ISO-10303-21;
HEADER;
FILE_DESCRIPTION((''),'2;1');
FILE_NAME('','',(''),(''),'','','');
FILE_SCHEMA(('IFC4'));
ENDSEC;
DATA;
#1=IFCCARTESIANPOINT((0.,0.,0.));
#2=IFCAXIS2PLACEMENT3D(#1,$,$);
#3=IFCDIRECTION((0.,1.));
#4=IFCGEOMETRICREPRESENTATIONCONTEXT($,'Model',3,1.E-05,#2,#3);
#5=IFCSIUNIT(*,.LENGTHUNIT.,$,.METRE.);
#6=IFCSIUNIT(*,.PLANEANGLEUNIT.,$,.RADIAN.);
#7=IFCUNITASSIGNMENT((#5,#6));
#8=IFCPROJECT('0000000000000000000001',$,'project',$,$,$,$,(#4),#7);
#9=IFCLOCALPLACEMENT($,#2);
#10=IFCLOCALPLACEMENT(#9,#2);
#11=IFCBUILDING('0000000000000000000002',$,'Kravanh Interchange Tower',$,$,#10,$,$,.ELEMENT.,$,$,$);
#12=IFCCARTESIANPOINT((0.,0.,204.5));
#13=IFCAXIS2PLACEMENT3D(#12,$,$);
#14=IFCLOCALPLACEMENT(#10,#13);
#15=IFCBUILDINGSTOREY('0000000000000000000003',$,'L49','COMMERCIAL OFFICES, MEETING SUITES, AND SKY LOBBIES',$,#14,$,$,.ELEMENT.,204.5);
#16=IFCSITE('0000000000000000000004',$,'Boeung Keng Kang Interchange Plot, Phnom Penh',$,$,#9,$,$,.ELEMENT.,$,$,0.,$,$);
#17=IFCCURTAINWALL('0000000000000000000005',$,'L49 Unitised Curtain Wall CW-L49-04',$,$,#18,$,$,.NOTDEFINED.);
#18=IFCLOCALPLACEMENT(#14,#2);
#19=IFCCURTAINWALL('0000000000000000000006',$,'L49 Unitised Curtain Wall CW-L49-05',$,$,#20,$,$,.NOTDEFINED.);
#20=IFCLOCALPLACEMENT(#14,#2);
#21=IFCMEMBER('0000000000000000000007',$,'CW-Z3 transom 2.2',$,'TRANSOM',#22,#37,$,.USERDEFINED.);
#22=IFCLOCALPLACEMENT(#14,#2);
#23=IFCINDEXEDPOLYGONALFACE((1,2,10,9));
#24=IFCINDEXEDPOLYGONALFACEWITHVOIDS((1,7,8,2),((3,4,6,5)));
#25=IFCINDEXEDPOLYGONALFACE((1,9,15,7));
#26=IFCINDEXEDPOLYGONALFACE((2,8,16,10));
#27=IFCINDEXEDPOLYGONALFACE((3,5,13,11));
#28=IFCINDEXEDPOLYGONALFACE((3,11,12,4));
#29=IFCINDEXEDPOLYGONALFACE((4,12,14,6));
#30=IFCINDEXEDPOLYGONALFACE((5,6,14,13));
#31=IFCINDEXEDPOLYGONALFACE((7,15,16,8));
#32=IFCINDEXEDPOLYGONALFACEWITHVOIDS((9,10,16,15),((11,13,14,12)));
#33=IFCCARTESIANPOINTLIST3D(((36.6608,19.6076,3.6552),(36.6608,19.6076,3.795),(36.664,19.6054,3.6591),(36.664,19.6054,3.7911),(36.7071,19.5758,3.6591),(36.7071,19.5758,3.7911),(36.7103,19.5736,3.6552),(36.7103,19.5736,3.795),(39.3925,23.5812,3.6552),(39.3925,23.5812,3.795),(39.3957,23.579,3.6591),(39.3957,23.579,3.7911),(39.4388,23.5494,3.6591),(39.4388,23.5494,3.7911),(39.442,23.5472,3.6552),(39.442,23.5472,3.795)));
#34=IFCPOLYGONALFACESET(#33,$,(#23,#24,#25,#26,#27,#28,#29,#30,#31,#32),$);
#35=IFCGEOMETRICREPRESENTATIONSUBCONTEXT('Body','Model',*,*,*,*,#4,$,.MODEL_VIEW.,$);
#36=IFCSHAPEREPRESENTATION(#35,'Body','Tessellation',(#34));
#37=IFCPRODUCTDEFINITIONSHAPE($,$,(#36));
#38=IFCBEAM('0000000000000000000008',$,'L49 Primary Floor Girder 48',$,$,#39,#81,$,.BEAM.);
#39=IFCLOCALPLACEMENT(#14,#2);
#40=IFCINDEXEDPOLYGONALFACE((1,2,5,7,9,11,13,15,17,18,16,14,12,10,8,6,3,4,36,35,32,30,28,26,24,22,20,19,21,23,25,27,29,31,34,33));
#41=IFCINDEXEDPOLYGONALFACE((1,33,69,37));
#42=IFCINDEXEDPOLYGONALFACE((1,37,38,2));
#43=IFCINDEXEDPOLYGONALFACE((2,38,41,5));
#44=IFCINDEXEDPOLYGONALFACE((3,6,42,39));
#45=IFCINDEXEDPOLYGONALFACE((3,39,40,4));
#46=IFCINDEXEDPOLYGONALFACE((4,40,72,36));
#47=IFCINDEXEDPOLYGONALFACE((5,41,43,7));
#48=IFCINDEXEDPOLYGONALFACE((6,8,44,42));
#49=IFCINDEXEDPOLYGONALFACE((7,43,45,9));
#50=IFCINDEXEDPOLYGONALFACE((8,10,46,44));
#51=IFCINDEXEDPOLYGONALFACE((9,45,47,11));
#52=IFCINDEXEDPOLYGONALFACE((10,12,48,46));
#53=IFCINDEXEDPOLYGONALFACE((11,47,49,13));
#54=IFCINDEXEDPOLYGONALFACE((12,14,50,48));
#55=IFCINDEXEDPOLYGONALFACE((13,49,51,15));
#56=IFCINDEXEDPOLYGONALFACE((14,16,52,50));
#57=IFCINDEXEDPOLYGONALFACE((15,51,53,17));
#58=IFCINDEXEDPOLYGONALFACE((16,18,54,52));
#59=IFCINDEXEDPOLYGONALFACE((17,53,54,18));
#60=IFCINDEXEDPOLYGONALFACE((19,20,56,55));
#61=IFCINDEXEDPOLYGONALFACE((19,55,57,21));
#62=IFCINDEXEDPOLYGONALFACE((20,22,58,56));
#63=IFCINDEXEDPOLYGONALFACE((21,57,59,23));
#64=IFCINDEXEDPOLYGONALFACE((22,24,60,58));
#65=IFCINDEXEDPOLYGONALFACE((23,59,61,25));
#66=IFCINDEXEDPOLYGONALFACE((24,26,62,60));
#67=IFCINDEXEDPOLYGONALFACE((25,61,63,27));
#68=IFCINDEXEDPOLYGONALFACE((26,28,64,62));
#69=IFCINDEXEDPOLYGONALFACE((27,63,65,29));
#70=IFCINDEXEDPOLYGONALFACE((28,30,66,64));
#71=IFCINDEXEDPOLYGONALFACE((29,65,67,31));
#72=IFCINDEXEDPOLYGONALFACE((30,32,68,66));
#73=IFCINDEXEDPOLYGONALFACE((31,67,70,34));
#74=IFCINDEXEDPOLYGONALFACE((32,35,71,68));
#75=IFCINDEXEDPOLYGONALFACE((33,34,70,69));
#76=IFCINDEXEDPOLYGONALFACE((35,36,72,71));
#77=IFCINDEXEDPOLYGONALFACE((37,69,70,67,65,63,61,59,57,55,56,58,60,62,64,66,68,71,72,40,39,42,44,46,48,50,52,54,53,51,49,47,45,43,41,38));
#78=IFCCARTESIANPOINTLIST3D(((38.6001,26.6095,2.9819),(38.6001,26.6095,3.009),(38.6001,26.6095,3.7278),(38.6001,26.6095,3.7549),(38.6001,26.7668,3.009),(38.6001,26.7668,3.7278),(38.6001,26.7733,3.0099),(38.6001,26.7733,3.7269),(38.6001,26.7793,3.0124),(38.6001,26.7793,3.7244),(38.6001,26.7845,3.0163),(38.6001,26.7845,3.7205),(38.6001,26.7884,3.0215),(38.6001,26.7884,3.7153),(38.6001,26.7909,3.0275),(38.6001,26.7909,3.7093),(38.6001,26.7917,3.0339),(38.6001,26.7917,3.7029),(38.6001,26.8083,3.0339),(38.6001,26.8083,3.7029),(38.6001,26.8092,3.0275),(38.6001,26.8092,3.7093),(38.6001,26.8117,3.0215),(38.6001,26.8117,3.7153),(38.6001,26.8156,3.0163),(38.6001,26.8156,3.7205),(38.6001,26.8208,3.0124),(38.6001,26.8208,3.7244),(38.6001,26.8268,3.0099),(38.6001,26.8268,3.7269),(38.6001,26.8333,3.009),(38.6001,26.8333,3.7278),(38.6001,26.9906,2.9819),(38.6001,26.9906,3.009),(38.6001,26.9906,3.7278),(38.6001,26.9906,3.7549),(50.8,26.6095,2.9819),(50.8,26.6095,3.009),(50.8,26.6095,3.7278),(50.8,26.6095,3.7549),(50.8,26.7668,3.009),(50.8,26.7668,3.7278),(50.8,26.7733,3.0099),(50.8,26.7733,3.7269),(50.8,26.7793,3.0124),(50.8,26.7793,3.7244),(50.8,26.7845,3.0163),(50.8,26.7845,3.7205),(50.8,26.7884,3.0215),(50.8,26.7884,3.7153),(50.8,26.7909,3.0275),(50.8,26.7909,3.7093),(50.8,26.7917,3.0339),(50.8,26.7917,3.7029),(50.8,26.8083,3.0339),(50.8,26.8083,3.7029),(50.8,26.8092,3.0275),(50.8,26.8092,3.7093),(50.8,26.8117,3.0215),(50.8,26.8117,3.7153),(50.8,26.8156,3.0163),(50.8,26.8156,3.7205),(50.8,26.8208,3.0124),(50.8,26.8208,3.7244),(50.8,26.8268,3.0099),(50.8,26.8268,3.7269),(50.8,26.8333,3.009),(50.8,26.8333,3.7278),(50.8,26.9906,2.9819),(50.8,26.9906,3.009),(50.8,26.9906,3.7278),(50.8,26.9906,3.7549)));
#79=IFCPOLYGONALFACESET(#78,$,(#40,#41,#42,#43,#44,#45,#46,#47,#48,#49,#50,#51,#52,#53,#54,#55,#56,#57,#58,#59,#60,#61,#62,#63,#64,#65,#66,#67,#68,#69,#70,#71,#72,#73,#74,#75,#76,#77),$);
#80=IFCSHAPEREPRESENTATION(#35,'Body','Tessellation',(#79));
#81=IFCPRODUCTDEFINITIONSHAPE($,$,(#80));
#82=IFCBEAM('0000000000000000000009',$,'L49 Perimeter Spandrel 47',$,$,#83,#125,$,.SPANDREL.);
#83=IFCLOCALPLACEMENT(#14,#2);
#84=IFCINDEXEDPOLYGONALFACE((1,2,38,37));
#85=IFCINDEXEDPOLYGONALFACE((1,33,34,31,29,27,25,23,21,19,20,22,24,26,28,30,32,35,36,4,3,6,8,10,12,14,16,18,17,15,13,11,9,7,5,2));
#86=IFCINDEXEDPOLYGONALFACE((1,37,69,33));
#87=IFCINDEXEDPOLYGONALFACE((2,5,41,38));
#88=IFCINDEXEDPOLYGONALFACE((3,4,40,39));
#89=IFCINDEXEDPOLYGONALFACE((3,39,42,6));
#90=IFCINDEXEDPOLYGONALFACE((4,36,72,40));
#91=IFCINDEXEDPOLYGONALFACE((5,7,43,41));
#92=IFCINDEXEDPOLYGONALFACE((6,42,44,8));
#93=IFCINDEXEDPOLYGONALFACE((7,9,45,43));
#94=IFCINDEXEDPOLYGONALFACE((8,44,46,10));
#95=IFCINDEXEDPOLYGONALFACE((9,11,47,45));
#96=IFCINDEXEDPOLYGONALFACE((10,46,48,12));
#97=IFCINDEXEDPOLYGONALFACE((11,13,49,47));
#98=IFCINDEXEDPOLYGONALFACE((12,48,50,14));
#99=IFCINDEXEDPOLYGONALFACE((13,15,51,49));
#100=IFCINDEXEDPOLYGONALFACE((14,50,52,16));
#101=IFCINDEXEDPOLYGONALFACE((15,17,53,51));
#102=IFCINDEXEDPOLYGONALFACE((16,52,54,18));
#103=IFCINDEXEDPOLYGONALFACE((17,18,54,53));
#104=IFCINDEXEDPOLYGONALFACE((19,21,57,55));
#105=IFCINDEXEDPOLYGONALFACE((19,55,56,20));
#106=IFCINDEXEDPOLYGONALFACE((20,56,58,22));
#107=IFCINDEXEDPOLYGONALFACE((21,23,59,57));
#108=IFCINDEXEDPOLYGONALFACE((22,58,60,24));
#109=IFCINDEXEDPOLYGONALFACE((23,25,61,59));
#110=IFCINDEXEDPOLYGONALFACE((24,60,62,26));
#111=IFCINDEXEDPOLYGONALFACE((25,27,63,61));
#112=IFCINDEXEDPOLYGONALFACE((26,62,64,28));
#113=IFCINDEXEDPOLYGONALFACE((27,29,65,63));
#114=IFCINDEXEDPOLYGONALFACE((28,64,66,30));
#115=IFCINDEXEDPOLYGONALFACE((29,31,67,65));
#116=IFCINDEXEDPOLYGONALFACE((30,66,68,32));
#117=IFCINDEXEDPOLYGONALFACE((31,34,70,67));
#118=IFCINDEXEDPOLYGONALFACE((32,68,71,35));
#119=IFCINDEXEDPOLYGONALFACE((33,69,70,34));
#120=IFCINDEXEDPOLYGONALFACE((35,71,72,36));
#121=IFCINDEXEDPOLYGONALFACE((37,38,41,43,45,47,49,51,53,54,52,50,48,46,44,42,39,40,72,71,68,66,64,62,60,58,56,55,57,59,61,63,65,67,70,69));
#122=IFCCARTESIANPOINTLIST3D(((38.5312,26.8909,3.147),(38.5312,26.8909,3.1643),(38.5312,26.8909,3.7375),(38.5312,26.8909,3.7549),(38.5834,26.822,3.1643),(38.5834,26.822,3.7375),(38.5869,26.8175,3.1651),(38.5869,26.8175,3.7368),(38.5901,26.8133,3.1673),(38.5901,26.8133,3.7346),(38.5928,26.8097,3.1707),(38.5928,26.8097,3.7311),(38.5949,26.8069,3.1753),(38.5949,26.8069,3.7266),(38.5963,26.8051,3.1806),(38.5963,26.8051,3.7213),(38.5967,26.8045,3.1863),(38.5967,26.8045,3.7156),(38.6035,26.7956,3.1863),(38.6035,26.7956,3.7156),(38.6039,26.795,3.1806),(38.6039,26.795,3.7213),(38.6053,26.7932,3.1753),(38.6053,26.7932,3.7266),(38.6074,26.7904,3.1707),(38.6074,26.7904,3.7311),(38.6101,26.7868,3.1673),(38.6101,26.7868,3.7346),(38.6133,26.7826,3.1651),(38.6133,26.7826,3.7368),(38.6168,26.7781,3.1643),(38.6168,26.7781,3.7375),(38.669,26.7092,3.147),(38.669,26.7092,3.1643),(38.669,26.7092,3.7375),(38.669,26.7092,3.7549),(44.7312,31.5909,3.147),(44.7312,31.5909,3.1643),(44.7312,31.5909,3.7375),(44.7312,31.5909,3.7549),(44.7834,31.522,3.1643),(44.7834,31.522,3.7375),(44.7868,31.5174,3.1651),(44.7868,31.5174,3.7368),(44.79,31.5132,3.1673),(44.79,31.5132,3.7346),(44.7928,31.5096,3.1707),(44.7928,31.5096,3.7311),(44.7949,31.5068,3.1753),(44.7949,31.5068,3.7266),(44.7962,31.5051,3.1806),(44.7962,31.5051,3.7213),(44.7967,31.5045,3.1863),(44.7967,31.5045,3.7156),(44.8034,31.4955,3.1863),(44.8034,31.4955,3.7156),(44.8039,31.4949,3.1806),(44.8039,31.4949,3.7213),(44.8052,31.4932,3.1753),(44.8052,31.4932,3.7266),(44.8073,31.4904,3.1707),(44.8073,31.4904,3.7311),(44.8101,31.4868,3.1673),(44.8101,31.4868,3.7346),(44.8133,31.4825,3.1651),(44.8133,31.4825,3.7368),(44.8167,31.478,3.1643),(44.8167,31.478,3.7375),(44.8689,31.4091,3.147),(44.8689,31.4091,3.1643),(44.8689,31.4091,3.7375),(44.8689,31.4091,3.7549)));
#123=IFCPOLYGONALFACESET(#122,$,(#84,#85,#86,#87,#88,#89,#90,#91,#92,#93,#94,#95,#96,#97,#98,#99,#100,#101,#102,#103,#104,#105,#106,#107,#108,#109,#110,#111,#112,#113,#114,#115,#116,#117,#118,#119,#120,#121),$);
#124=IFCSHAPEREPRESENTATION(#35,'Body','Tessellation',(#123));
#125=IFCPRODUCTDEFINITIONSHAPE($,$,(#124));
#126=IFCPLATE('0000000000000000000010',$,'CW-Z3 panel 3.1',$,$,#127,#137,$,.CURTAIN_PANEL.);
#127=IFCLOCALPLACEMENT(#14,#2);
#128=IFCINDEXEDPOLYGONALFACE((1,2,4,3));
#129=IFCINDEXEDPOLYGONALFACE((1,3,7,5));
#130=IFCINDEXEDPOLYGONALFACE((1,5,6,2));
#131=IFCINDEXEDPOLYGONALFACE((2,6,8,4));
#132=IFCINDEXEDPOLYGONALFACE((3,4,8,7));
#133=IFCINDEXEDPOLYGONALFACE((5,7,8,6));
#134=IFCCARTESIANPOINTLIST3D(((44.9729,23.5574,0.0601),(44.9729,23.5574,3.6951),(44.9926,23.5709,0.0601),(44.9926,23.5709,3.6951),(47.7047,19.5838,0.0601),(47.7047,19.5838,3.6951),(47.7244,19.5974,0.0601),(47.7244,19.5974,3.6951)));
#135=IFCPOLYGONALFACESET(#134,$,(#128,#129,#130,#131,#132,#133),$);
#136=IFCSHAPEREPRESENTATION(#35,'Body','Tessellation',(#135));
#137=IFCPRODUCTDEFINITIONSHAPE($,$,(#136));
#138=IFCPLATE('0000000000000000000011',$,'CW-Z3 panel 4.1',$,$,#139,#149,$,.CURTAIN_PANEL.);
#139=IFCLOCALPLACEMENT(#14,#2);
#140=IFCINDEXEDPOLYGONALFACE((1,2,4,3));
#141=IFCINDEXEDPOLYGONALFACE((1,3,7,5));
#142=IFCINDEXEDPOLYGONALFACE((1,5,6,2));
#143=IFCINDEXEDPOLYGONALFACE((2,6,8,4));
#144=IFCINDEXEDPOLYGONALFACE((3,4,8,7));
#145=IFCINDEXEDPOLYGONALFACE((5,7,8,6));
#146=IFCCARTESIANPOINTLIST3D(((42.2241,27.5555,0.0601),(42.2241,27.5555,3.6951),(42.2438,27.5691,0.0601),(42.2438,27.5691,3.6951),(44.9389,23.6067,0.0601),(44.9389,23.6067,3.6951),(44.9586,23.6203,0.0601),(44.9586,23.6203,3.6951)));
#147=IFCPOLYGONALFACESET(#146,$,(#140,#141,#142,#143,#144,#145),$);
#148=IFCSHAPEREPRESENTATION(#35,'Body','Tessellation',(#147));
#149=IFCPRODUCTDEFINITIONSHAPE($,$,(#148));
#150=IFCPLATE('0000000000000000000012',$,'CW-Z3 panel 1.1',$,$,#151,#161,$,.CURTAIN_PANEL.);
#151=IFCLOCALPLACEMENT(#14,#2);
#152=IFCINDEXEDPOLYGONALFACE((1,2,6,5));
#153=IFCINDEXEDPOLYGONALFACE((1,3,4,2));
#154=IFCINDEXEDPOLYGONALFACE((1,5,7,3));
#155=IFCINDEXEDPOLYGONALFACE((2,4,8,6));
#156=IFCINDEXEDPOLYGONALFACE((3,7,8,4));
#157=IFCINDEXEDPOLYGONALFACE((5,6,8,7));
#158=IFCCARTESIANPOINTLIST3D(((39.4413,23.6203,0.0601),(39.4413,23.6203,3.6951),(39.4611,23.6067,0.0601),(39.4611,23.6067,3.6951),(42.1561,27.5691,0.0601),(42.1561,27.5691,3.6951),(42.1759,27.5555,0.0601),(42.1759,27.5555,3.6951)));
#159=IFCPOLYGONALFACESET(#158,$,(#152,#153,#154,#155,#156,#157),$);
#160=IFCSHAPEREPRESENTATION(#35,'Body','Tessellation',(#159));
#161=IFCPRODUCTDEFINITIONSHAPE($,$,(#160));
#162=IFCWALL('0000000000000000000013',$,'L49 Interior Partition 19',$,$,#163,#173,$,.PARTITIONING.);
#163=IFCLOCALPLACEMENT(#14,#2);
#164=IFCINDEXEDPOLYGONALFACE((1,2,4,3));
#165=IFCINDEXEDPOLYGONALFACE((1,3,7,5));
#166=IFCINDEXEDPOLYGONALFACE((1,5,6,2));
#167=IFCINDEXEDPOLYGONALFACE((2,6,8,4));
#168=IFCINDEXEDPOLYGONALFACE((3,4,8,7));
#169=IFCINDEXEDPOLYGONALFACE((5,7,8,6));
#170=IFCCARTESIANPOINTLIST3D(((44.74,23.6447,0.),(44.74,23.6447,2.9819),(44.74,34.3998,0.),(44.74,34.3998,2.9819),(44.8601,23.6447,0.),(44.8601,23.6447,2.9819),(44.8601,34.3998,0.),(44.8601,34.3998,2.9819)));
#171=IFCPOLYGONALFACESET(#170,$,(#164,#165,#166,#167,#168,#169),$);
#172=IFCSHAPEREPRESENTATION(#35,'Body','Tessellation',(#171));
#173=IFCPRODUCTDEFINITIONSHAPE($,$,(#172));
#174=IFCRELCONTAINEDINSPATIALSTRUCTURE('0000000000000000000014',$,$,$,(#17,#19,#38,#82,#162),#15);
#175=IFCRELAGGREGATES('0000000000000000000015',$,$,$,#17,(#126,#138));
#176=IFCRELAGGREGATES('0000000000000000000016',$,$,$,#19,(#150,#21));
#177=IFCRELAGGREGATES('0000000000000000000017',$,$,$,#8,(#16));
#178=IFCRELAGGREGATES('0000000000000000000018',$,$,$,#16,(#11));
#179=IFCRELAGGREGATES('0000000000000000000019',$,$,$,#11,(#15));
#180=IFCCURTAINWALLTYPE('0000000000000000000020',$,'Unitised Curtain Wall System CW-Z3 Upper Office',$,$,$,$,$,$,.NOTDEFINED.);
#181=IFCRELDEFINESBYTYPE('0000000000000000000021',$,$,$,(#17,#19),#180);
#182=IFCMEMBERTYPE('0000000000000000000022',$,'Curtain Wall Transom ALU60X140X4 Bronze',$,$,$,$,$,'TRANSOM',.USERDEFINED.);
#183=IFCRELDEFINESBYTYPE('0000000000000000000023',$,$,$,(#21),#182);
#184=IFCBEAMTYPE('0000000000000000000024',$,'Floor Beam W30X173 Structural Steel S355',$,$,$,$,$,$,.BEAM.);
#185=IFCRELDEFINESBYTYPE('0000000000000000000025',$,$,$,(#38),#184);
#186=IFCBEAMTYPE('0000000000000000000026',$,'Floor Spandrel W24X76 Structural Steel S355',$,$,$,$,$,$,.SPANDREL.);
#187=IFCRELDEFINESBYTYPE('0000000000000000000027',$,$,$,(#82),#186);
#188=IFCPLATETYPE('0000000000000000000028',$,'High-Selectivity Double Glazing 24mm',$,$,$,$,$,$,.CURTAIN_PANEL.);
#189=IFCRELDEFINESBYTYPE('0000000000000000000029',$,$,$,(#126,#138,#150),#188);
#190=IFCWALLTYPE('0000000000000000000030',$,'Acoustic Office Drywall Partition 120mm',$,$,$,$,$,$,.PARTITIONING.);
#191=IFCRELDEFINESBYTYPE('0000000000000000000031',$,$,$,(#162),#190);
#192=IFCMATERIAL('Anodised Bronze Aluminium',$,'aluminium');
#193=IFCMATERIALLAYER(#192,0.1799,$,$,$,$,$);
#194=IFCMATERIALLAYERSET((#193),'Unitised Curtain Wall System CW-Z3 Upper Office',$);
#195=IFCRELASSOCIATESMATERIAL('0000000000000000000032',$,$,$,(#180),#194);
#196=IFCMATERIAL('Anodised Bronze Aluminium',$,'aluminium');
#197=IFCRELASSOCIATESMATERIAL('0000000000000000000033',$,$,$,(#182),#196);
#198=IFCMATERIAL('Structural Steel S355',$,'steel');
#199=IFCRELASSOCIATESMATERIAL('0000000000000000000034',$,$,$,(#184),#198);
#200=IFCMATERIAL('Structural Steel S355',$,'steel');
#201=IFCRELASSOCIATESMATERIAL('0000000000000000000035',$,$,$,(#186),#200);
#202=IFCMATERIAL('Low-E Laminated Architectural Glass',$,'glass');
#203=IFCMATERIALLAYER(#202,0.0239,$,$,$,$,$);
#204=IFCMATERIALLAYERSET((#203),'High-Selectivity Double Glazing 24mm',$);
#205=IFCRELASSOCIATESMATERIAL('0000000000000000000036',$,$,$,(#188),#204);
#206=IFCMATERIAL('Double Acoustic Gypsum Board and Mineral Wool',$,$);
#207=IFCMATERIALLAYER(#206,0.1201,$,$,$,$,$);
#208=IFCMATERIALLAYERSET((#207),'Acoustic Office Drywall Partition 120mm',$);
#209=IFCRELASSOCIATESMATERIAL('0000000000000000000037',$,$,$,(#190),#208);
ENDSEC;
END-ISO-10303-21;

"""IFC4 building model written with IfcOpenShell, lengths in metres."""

from ifc_helpers import new_model, si_unit, direction, frame, frame_2d, origin, origin_2d, place, context, subcontext, project, spatial, rectangle, hollow_rectangle, i_section, extrude, material, layer, layer_set, material_profile, profile_set, type_object, element, aggregate, save


model = new_model("IFC4")

# Units and contexts
model_context = context("Model", 3, precision=1e-05, world=origin(), true_north=direction((0.0, 1.0)))
body_context = subcontext(model_context, "Body", "Model", "MODEL_VIEW")
ifc_project = project(units=[si_unit("LENGTHUNIT", "METRE"), si_unit("PLANEANGLEUNIT", "RADIAN")], contexts=[model_context])

# Site, building, storey
site_placement = place(None, origin())
site = spatial("IfcSite", under=ifc_project, at=site_placement, Name="Boeung Keng Kang Interchange Plot, Phnom Penh", CompositionType="ELEMENT", RefElevation=0.0)
building_placement = place(site_placement, origin())
building = spatial("IfcBuilding", under=site, at=building_placement, Name="Kravanh Interchange Tower", CompositionType="ELEMENT")
storey_placement = place(building_placement, frame((0.0, 0.0, 204.5)))
storey = spatial("IfcBuildingStorey", under=building, at=storey_placement, Name="L49", Description="COMMERCIAL OFFICES, MEETING SUITES, AND SKY LOBBIES", CompositionType="ELEMENT", Elevation=204.5)

# Curtain walls
ifc_material_1 = material(Name="Anodised Bronze Aluminium", Category="aluminium")
ifc_layer_1 = layer(ifc_material_1, 0.1799)
ifc_layer_set_1 = layer_set([ifc_layer_1], Name="Unitised Curtain Wall System CW-Z3 Upper Office")
curtain_wall_type = type_object("IfcCurtainWallType", Name="Unitised Curtain Wall System CW-Z3 Upper Office", PredefinedType="NOTDEFINED", material=ifc_layer_set_1)
curtain_wall_1_placement = place(storey_placement, origin())
curtain_wall_1 = element("IfcCurtainWall", 1, at=curtain_wall_1_placement, inside=storey, type_object=curtain_wall_type, Name="L49 Unitised Curtain Wall CW-L49-04", PredefinedType="NOTDEFINED")
curtain_wall_2_placement = place(storey_placement, origin())
curtain_wall_2 = element("IfcCurtainWall", 2, at=curtain_wall_2_placement, inside=storey, type_object=curtain_wall_type, Name="L49 Unitised Curtain Wall CW-L49-05", PredefinedType="NOTDEFINED")

# Member
ifc_material_2 = material(Name="Anodised Bronze Aluminium", Category="aluminium")
ifc_material_profile_1 = material_profile(ifc_material_2, hollow_rectangle(XDim=0.0601, YDim=0.1399, WallThickness=0.0039, at=origin_2d()), Name="ALU60X140X4")
ifc_profile_set_1 = profile_set([ifc_material_profile_1], Name="Anodised Bronze Aluminium")
member_type_1 = type_object("IfcMemberType", Name="Curtain Wall Transom ALU60X140X4 Bronze", ElementType="TRANSOM", PredefinedType="USERDEFINED", material=ifc_profile_set_1)
member_1_placement = place(storey_placement, frame((39.4172, 23.5642, 3.7251), z_axis=(-0.566503, -0.82406, 0.0), x_axis=(0.82406, -0.566503, 0.0)))
member_1 = element("IfcMember", 3, at=member_1_placement, type_object=member_type_1, Name="CW-Z3 transom 2.2", ObjectType="TRANSOM", PredefinedType="USERDEFINED", context=body_context, shape_type="SweptSolid", body=[
    extrude(hollow_rectangle(XDim=0.0601, YDim=0.1399, WallThickness=0.0039, at=origin_2d()), origin(), (0.0, 0.0, 1.0), 4.822),
])

# Beams
ifc_material_3 = material(Name="Structural Steel S355", Category="steel")
ifc_material_profile_2 = material_profile(ifc_material_3, i_section(OverallWidth=0.3811, OverallDepth=0.7729, WebThickness=0.0166, FlangeThickness=0.0271, FilletRadius=0.0249, at=origin_2d()), Name="W30X173")
ifc_profile_set_2 = profile_set([ifc_material_profile_2], Name="Structural Steel S355")
beam_type_1 = type_object("IfcBeamType", Name="Floor Beam W30X173 Structural Steel S355", PredefinedType="BEAM", material=ifc_profile_set_2)
beam_1_placement = place(storey_placement, frame((38.6001, 26.8, 3.3684), z_axis=(1.0, 0.0, 0.0), x_axis=(0.0, 1.0, 0.0)))
element("IfcBeam", 4, at=beam_1_placement, inside=storey, type_object=beam_type_1, Name="L49 Primary Floor Girder 48", PredefinedType="BEAM", context=body_context, shape_type="SweptSolid", body=[
    extrude(i_section(OverallWidth=0.3811, OverallDepth=0.7729, WebThickness=0.0166, FlangeThickness=0.0271, FilletRadius=0.0249, at=origin_2d()), origin(), (0.0, 0.0, 1.0), 12.2),
])
ifc_material_4 = material(Name="Structural Steel S355", Category="steel")
ifc_material_profile_3 = material_profile(ifc_material_4, i_section(OverallWidth=0.228, OverallDepth=0.6079, WebThickness=0.0112, FlangeThickness=0.0173, FilletRadius=0.022, at=origin_2d()), Name="W24X76")
ifc_profile_set_3 = profile_set([ifc_material_profile_3], Name="Structural Steel S355")
beam_type_2 = type_object("IfcBeamType", Name="Floor Spandrel W24X76 Structural Steel S355", PredefinedType="SPANDREL", material=ifc_profile_set_3)
beam_2_placement = place(storey_placement, frame((38.6001, 26.8, 3.4509), z_axis=(0.796905, 0.604104, 0.0), x_axis=(-0.604104, 0.796905, 0.0)))
element("IfcBeam", 5, at=beam_2_placement, inside=storey, type_object=beam_type_2, Name="L49 Perimeter Spandrel 47", PredefinedType="SPANDREL", context=body_context, shape_type="SweptSolid", body=[
    extrude(i_section(OverallWidth=0.228, OverallDepth=0.6079, WebThickness=0.0112, FlangeThickness=0.0173, FilletRadius=0.022, at=origin_2d()), origin(), (0.0, 0.0, 1.0), 7.78),
])

# Plates
ifc_material_5 = material(Name="Low-E Laminated Architectural Glass", Category="glass")
ifc_layer_2 = layer(ifc_material_5, 0.0239)
ifc_layer_set_2 = layer_set([ifc_layer_2], Name="High-Selectivity Double Glazing 24mm")
plate_type = type_object("IfcPlateType", Name="High-Selectivity Double Glazing 24mm", PredefinedType="CURTAIN_PANEL", material=ifc_layer_set_2)
plate_1_placement = place(storey_placement, frame((46.3486, 21.5774, 0.0601), z_axis=(0.0, 0.0, 1.0), x_axis=(-0.566528, 0.824042, 0.0)))
plate_1 = element("IfcPlate", 6, at=plate_1_placement, type_object=plate_type, Name="CW-Z3 panel 3.1", PredefinedType="CURTAIN_PANEL", context=body_context, shape_type="SweptSolid", body=[
    extrude(rectangle(XDim=4.822, YDim=0.0239, at=origin_2d()), origin(), (0.0, 0.0, 1.0), 3.635),
])
plate_2_placement = place(storey_placement, frame((43.5913, 25.5879, 0.0601), z_axis=(0.0, 0.0, 1.0), x_axis=(-0.566528, 0.824042, 0.0)))
plate_2 = element("IfcPlate", 7, at=plate_2_placement, type_object=plate_type, Name="CW-Z3 panel 4.1", PredefinedType="CURTAIN_PANEL", context=body_context, shape_type="SweptSolid", body=[
    extrude(rectangle(XDim=4.792, YDim=0.0239, at=origin_2d()), origin(), (0.0, 0.0, 1.0), 3.635),
])
aggregate(curtain_wall_1, [plate_1, plate_2])
plate_3_placement = place(storey_placement, frame((40.8086, 25.5879, 0.0601), z_axis=(0.0, 0.0, 1.0), x_axis=(-0.566528, -0.824042, 0.0)))
plate_3 = element("IfcPlate", 8, at=plate_3_placement, type_object=plate_type, Name="CW-Z3 panel 1.1", PredefinedType="CURTAIN_PANEL", context=body_context, shape_type="SweptSolid", body=[
    extrude(rectangle(XDim=4.792, YDim=0.0239, at=origin_2d()), origin(), (0.0, 0.0, 1.0), 3.635),
])
aggregate(curtain_wall_2, [plate_3, member_1])

# Wall
ifc_material_6 = material(Name="Double Acoustic Gypsum Board and Mineral Wool")
ifc_layer_3 = layer(ifc_material_6, 0.1201)
ifc_layer_set_3 = layer_set([ifc_layer_3], Name="Acoustic Office Drywall Partition 120mm")
wall_type_1 = type_object("IfcWallType", Name="Acoustic Office Drywall Partition 120mm", PredefinedType="PARTITIONING", material=ifc_layer_set_3)
wall_1_placement = place(storey_placement, frame((44.8, 23.6448, 0.0), z_axis=(0.0, 0.0, 1.0), x_axis=(0.0, 1.0, 0.0)))
element("IfcWall", 9, at=wall_1_placement, inside=storey, type_object=wall_type_1, Name="L49 Interior Partition 19", PredefinedType="PARTITIONING", context=body_context, shape_type="SweptSolid", body=[
    extrude(rectangle(XDim=10.7551, YDim=0.1201, at=frame_2d((5.3774, 0.0))), origin(), (0.0, 0.0, 1.0), 2.9819),
])

save(model, "model.ifc")
